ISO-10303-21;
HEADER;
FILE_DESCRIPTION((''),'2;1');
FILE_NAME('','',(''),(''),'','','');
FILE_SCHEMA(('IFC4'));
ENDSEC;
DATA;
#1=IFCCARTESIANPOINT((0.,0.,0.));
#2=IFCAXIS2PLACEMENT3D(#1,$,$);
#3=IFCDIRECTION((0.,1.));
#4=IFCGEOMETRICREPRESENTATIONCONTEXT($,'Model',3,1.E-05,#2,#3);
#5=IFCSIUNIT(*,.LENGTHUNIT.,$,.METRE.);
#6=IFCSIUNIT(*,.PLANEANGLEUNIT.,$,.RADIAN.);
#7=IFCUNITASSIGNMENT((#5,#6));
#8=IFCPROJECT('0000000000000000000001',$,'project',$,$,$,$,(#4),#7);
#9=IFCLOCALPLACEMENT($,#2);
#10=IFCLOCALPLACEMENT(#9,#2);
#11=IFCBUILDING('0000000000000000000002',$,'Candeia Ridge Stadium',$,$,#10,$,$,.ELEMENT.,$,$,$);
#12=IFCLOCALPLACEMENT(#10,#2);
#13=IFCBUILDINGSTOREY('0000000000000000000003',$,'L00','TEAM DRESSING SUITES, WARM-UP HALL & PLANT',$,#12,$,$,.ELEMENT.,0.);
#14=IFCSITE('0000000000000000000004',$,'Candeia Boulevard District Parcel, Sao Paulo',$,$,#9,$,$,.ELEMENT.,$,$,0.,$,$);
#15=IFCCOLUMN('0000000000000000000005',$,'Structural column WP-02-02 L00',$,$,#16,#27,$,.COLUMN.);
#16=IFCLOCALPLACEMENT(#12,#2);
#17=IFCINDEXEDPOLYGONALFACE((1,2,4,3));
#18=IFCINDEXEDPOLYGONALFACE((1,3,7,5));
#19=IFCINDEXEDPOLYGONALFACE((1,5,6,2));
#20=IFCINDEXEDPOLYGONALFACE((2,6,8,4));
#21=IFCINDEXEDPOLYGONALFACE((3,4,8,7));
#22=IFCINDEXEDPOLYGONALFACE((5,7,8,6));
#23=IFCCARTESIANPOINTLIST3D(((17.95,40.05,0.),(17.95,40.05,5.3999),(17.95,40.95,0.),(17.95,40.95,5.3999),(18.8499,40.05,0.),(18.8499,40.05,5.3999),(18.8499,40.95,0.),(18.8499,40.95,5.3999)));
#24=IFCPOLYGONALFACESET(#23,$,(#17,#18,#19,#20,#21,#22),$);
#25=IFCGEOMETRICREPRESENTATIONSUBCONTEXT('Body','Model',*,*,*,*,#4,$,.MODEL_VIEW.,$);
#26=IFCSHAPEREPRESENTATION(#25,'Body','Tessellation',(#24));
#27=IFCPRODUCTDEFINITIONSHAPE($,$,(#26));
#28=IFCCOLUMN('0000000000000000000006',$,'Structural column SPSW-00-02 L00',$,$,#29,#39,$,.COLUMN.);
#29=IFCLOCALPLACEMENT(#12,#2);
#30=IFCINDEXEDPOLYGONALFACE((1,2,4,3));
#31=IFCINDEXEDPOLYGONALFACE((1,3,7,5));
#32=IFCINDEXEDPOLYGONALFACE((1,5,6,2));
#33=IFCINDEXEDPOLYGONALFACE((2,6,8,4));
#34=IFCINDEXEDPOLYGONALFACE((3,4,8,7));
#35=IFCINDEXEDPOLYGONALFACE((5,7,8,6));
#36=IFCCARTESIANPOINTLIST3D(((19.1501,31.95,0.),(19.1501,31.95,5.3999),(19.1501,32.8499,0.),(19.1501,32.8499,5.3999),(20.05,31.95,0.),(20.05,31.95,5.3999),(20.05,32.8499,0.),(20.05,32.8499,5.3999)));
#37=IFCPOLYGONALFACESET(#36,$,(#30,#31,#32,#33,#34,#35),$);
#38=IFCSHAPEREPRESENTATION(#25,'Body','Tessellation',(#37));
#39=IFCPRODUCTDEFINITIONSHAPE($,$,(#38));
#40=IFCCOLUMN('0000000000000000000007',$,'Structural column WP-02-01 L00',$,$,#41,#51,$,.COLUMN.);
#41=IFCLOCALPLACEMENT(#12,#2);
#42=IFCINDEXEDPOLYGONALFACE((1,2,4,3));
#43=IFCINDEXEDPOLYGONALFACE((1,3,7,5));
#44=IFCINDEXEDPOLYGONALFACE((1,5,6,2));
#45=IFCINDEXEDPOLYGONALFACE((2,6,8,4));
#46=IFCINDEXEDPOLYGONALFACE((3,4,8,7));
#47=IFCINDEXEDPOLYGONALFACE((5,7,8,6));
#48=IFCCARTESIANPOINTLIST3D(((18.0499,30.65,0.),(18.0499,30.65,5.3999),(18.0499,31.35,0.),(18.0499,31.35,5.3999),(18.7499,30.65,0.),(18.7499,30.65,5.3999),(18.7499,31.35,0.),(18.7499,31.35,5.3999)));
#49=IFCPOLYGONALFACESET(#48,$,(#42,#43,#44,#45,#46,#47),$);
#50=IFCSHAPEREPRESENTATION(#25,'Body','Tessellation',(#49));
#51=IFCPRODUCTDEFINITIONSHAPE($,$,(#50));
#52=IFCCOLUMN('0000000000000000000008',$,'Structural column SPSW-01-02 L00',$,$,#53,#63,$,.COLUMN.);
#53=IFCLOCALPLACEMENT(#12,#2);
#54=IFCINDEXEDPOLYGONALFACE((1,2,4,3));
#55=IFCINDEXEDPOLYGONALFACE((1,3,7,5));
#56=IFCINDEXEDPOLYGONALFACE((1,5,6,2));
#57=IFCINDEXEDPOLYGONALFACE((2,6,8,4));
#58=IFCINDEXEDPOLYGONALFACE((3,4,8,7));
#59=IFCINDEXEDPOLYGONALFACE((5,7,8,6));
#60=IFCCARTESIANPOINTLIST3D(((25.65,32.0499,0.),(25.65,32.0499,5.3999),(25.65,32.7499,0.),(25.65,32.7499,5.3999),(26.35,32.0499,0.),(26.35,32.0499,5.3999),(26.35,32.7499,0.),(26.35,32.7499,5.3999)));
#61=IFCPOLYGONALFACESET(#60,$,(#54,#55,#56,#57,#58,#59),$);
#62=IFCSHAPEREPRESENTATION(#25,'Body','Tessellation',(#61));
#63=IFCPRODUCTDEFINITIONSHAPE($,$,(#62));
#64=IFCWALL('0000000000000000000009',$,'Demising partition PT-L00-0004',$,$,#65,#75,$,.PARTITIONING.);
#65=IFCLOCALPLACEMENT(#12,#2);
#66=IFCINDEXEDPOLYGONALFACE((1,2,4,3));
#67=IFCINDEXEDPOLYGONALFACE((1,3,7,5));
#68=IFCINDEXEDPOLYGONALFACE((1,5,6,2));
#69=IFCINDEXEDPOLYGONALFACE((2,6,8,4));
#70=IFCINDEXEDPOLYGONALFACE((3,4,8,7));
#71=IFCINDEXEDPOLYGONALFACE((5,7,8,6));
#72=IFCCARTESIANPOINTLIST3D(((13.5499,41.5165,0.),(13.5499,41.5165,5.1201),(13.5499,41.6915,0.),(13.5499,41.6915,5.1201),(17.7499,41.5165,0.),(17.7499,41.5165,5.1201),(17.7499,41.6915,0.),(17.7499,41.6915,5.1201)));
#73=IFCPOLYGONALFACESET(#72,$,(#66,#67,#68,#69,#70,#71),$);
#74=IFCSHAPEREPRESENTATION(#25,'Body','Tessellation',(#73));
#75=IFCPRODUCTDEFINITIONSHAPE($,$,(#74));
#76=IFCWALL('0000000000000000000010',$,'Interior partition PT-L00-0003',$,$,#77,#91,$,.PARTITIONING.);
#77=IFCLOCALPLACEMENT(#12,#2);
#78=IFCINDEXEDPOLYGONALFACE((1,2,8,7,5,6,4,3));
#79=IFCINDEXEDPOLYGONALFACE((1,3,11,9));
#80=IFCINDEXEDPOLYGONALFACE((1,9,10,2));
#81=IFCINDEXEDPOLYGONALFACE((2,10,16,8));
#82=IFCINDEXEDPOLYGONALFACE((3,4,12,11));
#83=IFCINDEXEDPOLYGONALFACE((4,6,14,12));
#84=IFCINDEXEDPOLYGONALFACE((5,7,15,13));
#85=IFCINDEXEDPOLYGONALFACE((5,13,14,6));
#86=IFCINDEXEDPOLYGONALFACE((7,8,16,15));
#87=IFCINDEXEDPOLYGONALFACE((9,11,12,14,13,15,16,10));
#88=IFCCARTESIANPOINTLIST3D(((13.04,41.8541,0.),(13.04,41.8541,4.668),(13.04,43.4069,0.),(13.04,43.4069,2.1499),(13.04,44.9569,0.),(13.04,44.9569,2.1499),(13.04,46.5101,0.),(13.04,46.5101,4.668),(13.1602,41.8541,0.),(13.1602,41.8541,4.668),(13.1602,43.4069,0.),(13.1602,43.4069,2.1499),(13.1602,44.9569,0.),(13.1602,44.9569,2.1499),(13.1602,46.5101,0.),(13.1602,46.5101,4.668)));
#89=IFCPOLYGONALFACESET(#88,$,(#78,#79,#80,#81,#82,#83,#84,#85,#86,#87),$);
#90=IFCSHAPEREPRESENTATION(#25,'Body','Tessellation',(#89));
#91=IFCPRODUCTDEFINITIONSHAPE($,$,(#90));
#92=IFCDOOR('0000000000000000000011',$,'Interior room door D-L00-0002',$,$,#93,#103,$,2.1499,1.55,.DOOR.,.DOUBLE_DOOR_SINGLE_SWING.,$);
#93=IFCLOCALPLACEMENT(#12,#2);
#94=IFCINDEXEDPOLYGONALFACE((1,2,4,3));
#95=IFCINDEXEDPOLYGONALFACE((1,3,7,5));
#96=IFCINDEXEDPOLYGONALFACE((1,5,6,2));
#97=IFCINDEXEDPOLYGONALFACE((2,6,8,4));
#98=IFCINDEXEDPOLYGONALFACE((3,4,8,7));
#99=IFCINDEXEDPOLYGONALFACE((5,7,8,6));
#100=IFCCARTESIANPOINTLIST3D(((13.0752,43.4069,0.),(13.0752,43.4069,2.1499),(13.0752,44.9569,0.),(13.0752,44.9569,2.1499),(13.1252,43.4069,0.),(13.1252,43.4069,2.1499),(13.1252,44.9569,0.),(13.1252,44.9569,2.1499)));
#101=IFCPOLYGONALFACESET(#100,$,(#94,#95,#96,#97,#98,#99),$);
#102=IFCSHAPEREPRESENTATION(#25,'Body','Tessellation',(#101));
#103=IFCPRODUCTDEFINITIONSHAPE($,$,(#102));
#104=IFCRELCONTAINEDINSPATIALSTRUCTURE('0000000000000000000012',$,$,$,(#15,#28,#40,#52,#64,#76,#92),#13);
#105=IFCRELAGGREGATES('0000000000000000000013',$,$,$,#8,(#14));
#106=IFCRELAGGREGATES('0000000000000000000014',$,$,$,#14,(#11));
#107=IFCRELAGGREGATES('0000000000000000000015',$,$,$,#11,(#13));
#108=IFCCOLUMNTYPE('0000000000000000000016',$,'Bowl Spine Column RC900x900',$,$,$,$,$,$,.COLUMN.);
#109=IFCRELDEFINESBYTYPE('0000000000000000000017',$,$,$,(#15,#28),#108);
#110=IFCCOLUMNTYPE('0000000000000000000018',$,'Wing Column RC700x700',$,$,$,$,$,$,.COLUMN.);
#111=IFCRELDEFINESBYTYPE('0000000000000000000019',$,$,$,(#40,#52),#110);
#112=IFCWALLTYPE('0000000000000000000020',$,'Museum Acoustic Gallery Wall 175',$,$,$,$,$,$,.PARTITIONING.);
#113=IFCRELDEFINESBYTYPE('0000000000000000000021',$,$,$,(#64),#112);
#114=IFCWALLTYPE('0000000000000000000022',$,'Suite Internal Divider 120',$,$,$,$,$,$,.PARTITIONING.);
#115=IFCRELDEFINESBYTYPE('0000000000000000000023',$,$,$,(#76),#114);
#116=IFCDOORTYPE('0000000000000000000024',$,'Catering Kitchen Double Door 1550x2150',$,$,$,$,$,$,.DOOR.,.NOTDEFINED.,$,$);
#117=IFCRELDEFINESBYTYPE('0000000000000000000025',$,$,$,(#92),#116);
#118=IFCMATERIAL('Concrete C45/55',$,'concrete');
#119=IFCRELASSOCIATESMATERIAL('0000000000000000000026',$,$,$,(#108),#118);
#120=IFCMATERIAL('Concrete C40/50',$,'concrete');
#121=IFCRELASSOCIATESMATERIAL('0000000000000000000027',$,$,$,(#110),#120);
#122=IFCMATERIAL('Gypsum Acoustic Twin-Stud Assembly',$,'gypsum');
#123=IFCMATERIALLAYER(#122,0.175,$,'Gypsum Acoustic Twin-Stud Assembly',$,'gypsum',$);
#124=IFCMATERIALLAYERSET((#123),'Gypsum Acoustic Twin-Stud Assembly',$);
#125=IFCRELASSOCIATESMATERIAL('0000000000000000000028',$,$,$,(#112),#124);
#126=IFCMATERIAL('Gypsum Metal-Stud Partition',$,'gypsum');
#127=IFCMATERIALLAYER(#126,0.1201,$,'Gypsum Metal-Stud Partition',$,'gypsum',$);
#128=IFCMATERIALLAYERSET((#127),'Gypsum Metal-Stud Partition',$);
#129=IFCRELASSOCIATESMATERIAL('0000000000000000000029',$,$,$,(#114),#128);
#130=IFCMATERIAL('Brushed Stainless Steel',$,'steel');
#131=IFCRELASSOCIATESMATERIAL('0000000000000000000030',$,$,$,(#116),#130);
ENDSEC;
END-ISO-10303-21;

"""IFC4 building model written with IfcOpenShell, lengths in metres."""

from ifc_helpers import new_model, si_unit, direction, frame, frame_2d, origin, origin_2d, place, context, subcontext, project, spatial, rectangle, extrude, material, layer, layer_set, material_profile, profile_set, type_object, element, fill, save


model = new_model("IFC4")

# Units and contexts
model_context = context("Model", 3, precision=1e-05, world=origin(), true_north=direction((0.0, 1.0)))
body_context = subcontext(model_context, "Body", "Model", "MODEL_VIEW")
ifc_project = project(units=[si_unit("LENGTHUNIT", "METRE"), si_unit("PLANEANGLEUNIT", "RADIAN")], contexts=[model_context])

# Site, building, storey
site_placement = place(None, origin())
site = spatial("IfcSite", under=ifc_project, at=site_placement, Name="Candeia Boulevard District Parcel, Sao Paulo", CompositionType="ELEMENT", RefElevation=0.0)
building_placement = place(site_placement, origin())
building = spatial("IfcBuilding", under=site, at=building_placement, Name="Candeia Ridge Stadium", CompositionType="ELEMENT")
storey_placement = place(building_placement, origin())
storey = spatial("IfcBuildingStorey", under=building, at=storey_placement, Name="L00", Description="TEAM DRESSING SUITES, WARM-UP HALL & PLANT", CompositionType="ELEMENT", Elevation=0.0)

# Shared definitions
ifc_material_1 = material(Name="Concrete C40/50", Category="concrete")

# Columns
ifc_material_2 = material(Name="Concrete C45/55", Category="concrete")
ifc_material_profile_1 = material_profile(ifc_material_2, rectangle(XDim=0.8999, YDim=0.8999, at=origin_2d()), Name="RC900x900", Category="concrete")
ifc_profile_set_1 = profile_set([ifc_material_profile_1], Name="Concrete C45/55")
column_type_1 = type_object("IfcColumnType", Name="Bowl Spine Column RC900x900", PredefinedType="COLUMN", material=ifc_profile_set_1)
for number, where, z_axis, x_axis, name in (
    (1, (18.3999, 40.5, 0.0), (0.0, 0.0, 1.0), (1.0, 0.0, 0.0), "Structural column WP-02-02 L00"),
    (2, (19.6001, 32.3999, 0.0), (0.0, 0.0, 1.0), (1.0, 0.0, 0.0), "Structural column SPSW-00-02 L00"),
):
    element("IfcColumn", number, at=place(storey_placement, frame(where, z_axis=z_axis, x_axis=x_axis)), inside=storey, type_object=column_type_1, Name=name, PredefinedType="COLUMN", context=body_context, shape_type="SweptSolid", body=[
        extrude(rectangle(XDim=0.8999, YDim=0.8999, at=origin_2d()), origin(), (0.0, 0.0, 1.0), 5.3999),
    ])
ifc_material_profile_2 = material_profile(ifc_material_1, rectangle(XDim=0.7, YDim=0.7, at=origin_2d()), Name="RC700x700", Category="concrete")
ifc_profile_set_2 = profile_set([ifc_material_profile_2], Name="Concrete C40/50")
column_type_2 = type_object("IfcColumnType", Name="Wing Column RC700x700", PredefinedType="COLUMN", material=ifc_profile_set_2)
for number, where, z_axis, x_axis, name in (
    (3, (18.3999, 31.0, 0.0), (0.0, 0.0, 1.0), (1.0, 0.0, 0.0), "Structural column WP-02-01 L00"),
    (4, (26.0, 32.3999, 0.0), (0.0, 0.0, 1.0), (1.0, 0.0, 0.0), "Structural column SPSW-01-02 L00"),
):
    element("IfcColumn", number, at=place(storey_placement, frame(where, z_axis=z_axis, x_axis=x_axis)), inside=storey, type_object=column_type_2, Name=name, PredefinedType="COLUMN", context=body_context, shape_type="SweptSolid", body=[
        extrude(rectangle(XDim=0.7, YDim=0.7, at=origin_2d()), origin(), (0.0, 0.0, 1.0), 5.3999),
    ])

# Wall
ifc_material_3 = material(Name="Gypsum Acoustic Twin-Stud Assembly", Category="gypsum")
ifc_layer_1 = layer(ifc_material_3, 0.175, Name="Gypsum Acoustic Twin-Stud Assembly", Category="gypsum")
ifc_layer_set_1 = layer_set([ifc_layer_1], Name="Gypsum Acoustic Twin-Stud Assembly")
wall_type_1 = type_object("IfcWallType", Name="Museum Acoustic Gallery Wall 175", PredefinedType="PARTITIONING", material=ifc_layer_set_1)
wall_1_placement = place(storey_placement, frame((17.75, 41.604, 0.0), z_axis=(0.0, 0.0, 1.0), x_axis=(-1.0, 0.0, 0.0)))
element("IfcWall", 5, at=wall_1_placement, inside=storey, type_object=wall_type_1, Name="Demising partition PT-L00-0004", PredefinedType="PARTITIONING", context=body_context, shape_type="SweptSolid", body=[
    extrude(rectangle(XDim=4.2, YDim=0.175, at=frame_2d((2.1001, 0.0))), origin(), (0.0, 0.0, 1.0), 5.1201),
])

# Wall, opening, door
ifc_material_4 = material(Name="Gypsum Metal-Stud Partition", Category="gypsum")
ifc_layer_2 = layer(ifc_material_4, 0.1201, Name="Gypsum Metal-Stud Partition", Category="gypsum")
ifc_layer_set_2 = layer_set([ifc_layer_2], Name="Gypsum Metal-Stud Partition")
wall_type_2 = type_object("IfcWallType", Name="Suite Internal Divider 120", PredefinedType="PARTITIONING", material=ifc_layer_set_2)
wall_2_placement = place(storey_placement, frame((13.1001, 41.854, 0.0), z_axis=(0.0, 0.0, 1.0), x_axis=(0.0, 1.0, 0.0)))
wall_2 = element("IfcWall", 6, at=wall_2_placement, inside=storey, type_object=wall_type_2, Name="Interior partition PT-L00-0003", PredefinedType="PARTITIONING", context=body_context, shape_type="SweptSolid", body=[
    extrude(rectangle(XDim=4.656, YDim=0.1201, at=frame_2d((2.3281, 0.0))), origin(), (0.0, 0.0, 1.0), 4.668),
])
opening_placement = place(wall_2_placement, frame((1.553, 0.0, 0.0)))
opening = element("IfcOpeningElement", 7, at=opening_placement, cuts=wall_2, PredefinedType="OPENING", context=body_context, shape_type="SweptSolid", body=[
    extrude(rectangle(XDim=1.55, YDim=2.1499, at=frame_2d((0.7749, 1.075))), frame((0.0, 0.0701, 0.0), z_axis=(0.0, -1.0, 0.0), x_axis=(1.0, 0.0, 0.0)), (0.0, 0.0, 1.0), 0.1401),
])
ifc_material_5 = material(Name="Brushed Stainless Steel", Category="steel")
door_type = type_object("IfcDoorType", Name="Catering Kitchen Double Door 1550x2150", OperationType="NOTDEFINED", PredefinedType="DOOR", material=ifc_material_5)
door_placement = place(opening_placement, origin())
door = element("IfcDoor", 8, at=door_placement, inside=storey, type_object=door_type, Name="Interior room door D-L00-0002", OperationType="DOUBLE_DOOR_SINGLE_SWING", OverallHeight=2.1499, OverallWidth=1.55, PredefinedType="DOOR", context=body_context, shape_type="SweptSolid", body=[
    extrude(rectangle(XDim=1.55, YDim=2.1499, at=frame_2d((0.7749, 1.075))), frame((0.0, 0.0249, 0.0), z_axis=(0.0, -1.0, 0.0), x_axis=(1.0, 0.0, 0.0)), (0.0, 0.0, 1.0), 0.05),
])
fill(opening, door)

save(model, "model.ifc")
